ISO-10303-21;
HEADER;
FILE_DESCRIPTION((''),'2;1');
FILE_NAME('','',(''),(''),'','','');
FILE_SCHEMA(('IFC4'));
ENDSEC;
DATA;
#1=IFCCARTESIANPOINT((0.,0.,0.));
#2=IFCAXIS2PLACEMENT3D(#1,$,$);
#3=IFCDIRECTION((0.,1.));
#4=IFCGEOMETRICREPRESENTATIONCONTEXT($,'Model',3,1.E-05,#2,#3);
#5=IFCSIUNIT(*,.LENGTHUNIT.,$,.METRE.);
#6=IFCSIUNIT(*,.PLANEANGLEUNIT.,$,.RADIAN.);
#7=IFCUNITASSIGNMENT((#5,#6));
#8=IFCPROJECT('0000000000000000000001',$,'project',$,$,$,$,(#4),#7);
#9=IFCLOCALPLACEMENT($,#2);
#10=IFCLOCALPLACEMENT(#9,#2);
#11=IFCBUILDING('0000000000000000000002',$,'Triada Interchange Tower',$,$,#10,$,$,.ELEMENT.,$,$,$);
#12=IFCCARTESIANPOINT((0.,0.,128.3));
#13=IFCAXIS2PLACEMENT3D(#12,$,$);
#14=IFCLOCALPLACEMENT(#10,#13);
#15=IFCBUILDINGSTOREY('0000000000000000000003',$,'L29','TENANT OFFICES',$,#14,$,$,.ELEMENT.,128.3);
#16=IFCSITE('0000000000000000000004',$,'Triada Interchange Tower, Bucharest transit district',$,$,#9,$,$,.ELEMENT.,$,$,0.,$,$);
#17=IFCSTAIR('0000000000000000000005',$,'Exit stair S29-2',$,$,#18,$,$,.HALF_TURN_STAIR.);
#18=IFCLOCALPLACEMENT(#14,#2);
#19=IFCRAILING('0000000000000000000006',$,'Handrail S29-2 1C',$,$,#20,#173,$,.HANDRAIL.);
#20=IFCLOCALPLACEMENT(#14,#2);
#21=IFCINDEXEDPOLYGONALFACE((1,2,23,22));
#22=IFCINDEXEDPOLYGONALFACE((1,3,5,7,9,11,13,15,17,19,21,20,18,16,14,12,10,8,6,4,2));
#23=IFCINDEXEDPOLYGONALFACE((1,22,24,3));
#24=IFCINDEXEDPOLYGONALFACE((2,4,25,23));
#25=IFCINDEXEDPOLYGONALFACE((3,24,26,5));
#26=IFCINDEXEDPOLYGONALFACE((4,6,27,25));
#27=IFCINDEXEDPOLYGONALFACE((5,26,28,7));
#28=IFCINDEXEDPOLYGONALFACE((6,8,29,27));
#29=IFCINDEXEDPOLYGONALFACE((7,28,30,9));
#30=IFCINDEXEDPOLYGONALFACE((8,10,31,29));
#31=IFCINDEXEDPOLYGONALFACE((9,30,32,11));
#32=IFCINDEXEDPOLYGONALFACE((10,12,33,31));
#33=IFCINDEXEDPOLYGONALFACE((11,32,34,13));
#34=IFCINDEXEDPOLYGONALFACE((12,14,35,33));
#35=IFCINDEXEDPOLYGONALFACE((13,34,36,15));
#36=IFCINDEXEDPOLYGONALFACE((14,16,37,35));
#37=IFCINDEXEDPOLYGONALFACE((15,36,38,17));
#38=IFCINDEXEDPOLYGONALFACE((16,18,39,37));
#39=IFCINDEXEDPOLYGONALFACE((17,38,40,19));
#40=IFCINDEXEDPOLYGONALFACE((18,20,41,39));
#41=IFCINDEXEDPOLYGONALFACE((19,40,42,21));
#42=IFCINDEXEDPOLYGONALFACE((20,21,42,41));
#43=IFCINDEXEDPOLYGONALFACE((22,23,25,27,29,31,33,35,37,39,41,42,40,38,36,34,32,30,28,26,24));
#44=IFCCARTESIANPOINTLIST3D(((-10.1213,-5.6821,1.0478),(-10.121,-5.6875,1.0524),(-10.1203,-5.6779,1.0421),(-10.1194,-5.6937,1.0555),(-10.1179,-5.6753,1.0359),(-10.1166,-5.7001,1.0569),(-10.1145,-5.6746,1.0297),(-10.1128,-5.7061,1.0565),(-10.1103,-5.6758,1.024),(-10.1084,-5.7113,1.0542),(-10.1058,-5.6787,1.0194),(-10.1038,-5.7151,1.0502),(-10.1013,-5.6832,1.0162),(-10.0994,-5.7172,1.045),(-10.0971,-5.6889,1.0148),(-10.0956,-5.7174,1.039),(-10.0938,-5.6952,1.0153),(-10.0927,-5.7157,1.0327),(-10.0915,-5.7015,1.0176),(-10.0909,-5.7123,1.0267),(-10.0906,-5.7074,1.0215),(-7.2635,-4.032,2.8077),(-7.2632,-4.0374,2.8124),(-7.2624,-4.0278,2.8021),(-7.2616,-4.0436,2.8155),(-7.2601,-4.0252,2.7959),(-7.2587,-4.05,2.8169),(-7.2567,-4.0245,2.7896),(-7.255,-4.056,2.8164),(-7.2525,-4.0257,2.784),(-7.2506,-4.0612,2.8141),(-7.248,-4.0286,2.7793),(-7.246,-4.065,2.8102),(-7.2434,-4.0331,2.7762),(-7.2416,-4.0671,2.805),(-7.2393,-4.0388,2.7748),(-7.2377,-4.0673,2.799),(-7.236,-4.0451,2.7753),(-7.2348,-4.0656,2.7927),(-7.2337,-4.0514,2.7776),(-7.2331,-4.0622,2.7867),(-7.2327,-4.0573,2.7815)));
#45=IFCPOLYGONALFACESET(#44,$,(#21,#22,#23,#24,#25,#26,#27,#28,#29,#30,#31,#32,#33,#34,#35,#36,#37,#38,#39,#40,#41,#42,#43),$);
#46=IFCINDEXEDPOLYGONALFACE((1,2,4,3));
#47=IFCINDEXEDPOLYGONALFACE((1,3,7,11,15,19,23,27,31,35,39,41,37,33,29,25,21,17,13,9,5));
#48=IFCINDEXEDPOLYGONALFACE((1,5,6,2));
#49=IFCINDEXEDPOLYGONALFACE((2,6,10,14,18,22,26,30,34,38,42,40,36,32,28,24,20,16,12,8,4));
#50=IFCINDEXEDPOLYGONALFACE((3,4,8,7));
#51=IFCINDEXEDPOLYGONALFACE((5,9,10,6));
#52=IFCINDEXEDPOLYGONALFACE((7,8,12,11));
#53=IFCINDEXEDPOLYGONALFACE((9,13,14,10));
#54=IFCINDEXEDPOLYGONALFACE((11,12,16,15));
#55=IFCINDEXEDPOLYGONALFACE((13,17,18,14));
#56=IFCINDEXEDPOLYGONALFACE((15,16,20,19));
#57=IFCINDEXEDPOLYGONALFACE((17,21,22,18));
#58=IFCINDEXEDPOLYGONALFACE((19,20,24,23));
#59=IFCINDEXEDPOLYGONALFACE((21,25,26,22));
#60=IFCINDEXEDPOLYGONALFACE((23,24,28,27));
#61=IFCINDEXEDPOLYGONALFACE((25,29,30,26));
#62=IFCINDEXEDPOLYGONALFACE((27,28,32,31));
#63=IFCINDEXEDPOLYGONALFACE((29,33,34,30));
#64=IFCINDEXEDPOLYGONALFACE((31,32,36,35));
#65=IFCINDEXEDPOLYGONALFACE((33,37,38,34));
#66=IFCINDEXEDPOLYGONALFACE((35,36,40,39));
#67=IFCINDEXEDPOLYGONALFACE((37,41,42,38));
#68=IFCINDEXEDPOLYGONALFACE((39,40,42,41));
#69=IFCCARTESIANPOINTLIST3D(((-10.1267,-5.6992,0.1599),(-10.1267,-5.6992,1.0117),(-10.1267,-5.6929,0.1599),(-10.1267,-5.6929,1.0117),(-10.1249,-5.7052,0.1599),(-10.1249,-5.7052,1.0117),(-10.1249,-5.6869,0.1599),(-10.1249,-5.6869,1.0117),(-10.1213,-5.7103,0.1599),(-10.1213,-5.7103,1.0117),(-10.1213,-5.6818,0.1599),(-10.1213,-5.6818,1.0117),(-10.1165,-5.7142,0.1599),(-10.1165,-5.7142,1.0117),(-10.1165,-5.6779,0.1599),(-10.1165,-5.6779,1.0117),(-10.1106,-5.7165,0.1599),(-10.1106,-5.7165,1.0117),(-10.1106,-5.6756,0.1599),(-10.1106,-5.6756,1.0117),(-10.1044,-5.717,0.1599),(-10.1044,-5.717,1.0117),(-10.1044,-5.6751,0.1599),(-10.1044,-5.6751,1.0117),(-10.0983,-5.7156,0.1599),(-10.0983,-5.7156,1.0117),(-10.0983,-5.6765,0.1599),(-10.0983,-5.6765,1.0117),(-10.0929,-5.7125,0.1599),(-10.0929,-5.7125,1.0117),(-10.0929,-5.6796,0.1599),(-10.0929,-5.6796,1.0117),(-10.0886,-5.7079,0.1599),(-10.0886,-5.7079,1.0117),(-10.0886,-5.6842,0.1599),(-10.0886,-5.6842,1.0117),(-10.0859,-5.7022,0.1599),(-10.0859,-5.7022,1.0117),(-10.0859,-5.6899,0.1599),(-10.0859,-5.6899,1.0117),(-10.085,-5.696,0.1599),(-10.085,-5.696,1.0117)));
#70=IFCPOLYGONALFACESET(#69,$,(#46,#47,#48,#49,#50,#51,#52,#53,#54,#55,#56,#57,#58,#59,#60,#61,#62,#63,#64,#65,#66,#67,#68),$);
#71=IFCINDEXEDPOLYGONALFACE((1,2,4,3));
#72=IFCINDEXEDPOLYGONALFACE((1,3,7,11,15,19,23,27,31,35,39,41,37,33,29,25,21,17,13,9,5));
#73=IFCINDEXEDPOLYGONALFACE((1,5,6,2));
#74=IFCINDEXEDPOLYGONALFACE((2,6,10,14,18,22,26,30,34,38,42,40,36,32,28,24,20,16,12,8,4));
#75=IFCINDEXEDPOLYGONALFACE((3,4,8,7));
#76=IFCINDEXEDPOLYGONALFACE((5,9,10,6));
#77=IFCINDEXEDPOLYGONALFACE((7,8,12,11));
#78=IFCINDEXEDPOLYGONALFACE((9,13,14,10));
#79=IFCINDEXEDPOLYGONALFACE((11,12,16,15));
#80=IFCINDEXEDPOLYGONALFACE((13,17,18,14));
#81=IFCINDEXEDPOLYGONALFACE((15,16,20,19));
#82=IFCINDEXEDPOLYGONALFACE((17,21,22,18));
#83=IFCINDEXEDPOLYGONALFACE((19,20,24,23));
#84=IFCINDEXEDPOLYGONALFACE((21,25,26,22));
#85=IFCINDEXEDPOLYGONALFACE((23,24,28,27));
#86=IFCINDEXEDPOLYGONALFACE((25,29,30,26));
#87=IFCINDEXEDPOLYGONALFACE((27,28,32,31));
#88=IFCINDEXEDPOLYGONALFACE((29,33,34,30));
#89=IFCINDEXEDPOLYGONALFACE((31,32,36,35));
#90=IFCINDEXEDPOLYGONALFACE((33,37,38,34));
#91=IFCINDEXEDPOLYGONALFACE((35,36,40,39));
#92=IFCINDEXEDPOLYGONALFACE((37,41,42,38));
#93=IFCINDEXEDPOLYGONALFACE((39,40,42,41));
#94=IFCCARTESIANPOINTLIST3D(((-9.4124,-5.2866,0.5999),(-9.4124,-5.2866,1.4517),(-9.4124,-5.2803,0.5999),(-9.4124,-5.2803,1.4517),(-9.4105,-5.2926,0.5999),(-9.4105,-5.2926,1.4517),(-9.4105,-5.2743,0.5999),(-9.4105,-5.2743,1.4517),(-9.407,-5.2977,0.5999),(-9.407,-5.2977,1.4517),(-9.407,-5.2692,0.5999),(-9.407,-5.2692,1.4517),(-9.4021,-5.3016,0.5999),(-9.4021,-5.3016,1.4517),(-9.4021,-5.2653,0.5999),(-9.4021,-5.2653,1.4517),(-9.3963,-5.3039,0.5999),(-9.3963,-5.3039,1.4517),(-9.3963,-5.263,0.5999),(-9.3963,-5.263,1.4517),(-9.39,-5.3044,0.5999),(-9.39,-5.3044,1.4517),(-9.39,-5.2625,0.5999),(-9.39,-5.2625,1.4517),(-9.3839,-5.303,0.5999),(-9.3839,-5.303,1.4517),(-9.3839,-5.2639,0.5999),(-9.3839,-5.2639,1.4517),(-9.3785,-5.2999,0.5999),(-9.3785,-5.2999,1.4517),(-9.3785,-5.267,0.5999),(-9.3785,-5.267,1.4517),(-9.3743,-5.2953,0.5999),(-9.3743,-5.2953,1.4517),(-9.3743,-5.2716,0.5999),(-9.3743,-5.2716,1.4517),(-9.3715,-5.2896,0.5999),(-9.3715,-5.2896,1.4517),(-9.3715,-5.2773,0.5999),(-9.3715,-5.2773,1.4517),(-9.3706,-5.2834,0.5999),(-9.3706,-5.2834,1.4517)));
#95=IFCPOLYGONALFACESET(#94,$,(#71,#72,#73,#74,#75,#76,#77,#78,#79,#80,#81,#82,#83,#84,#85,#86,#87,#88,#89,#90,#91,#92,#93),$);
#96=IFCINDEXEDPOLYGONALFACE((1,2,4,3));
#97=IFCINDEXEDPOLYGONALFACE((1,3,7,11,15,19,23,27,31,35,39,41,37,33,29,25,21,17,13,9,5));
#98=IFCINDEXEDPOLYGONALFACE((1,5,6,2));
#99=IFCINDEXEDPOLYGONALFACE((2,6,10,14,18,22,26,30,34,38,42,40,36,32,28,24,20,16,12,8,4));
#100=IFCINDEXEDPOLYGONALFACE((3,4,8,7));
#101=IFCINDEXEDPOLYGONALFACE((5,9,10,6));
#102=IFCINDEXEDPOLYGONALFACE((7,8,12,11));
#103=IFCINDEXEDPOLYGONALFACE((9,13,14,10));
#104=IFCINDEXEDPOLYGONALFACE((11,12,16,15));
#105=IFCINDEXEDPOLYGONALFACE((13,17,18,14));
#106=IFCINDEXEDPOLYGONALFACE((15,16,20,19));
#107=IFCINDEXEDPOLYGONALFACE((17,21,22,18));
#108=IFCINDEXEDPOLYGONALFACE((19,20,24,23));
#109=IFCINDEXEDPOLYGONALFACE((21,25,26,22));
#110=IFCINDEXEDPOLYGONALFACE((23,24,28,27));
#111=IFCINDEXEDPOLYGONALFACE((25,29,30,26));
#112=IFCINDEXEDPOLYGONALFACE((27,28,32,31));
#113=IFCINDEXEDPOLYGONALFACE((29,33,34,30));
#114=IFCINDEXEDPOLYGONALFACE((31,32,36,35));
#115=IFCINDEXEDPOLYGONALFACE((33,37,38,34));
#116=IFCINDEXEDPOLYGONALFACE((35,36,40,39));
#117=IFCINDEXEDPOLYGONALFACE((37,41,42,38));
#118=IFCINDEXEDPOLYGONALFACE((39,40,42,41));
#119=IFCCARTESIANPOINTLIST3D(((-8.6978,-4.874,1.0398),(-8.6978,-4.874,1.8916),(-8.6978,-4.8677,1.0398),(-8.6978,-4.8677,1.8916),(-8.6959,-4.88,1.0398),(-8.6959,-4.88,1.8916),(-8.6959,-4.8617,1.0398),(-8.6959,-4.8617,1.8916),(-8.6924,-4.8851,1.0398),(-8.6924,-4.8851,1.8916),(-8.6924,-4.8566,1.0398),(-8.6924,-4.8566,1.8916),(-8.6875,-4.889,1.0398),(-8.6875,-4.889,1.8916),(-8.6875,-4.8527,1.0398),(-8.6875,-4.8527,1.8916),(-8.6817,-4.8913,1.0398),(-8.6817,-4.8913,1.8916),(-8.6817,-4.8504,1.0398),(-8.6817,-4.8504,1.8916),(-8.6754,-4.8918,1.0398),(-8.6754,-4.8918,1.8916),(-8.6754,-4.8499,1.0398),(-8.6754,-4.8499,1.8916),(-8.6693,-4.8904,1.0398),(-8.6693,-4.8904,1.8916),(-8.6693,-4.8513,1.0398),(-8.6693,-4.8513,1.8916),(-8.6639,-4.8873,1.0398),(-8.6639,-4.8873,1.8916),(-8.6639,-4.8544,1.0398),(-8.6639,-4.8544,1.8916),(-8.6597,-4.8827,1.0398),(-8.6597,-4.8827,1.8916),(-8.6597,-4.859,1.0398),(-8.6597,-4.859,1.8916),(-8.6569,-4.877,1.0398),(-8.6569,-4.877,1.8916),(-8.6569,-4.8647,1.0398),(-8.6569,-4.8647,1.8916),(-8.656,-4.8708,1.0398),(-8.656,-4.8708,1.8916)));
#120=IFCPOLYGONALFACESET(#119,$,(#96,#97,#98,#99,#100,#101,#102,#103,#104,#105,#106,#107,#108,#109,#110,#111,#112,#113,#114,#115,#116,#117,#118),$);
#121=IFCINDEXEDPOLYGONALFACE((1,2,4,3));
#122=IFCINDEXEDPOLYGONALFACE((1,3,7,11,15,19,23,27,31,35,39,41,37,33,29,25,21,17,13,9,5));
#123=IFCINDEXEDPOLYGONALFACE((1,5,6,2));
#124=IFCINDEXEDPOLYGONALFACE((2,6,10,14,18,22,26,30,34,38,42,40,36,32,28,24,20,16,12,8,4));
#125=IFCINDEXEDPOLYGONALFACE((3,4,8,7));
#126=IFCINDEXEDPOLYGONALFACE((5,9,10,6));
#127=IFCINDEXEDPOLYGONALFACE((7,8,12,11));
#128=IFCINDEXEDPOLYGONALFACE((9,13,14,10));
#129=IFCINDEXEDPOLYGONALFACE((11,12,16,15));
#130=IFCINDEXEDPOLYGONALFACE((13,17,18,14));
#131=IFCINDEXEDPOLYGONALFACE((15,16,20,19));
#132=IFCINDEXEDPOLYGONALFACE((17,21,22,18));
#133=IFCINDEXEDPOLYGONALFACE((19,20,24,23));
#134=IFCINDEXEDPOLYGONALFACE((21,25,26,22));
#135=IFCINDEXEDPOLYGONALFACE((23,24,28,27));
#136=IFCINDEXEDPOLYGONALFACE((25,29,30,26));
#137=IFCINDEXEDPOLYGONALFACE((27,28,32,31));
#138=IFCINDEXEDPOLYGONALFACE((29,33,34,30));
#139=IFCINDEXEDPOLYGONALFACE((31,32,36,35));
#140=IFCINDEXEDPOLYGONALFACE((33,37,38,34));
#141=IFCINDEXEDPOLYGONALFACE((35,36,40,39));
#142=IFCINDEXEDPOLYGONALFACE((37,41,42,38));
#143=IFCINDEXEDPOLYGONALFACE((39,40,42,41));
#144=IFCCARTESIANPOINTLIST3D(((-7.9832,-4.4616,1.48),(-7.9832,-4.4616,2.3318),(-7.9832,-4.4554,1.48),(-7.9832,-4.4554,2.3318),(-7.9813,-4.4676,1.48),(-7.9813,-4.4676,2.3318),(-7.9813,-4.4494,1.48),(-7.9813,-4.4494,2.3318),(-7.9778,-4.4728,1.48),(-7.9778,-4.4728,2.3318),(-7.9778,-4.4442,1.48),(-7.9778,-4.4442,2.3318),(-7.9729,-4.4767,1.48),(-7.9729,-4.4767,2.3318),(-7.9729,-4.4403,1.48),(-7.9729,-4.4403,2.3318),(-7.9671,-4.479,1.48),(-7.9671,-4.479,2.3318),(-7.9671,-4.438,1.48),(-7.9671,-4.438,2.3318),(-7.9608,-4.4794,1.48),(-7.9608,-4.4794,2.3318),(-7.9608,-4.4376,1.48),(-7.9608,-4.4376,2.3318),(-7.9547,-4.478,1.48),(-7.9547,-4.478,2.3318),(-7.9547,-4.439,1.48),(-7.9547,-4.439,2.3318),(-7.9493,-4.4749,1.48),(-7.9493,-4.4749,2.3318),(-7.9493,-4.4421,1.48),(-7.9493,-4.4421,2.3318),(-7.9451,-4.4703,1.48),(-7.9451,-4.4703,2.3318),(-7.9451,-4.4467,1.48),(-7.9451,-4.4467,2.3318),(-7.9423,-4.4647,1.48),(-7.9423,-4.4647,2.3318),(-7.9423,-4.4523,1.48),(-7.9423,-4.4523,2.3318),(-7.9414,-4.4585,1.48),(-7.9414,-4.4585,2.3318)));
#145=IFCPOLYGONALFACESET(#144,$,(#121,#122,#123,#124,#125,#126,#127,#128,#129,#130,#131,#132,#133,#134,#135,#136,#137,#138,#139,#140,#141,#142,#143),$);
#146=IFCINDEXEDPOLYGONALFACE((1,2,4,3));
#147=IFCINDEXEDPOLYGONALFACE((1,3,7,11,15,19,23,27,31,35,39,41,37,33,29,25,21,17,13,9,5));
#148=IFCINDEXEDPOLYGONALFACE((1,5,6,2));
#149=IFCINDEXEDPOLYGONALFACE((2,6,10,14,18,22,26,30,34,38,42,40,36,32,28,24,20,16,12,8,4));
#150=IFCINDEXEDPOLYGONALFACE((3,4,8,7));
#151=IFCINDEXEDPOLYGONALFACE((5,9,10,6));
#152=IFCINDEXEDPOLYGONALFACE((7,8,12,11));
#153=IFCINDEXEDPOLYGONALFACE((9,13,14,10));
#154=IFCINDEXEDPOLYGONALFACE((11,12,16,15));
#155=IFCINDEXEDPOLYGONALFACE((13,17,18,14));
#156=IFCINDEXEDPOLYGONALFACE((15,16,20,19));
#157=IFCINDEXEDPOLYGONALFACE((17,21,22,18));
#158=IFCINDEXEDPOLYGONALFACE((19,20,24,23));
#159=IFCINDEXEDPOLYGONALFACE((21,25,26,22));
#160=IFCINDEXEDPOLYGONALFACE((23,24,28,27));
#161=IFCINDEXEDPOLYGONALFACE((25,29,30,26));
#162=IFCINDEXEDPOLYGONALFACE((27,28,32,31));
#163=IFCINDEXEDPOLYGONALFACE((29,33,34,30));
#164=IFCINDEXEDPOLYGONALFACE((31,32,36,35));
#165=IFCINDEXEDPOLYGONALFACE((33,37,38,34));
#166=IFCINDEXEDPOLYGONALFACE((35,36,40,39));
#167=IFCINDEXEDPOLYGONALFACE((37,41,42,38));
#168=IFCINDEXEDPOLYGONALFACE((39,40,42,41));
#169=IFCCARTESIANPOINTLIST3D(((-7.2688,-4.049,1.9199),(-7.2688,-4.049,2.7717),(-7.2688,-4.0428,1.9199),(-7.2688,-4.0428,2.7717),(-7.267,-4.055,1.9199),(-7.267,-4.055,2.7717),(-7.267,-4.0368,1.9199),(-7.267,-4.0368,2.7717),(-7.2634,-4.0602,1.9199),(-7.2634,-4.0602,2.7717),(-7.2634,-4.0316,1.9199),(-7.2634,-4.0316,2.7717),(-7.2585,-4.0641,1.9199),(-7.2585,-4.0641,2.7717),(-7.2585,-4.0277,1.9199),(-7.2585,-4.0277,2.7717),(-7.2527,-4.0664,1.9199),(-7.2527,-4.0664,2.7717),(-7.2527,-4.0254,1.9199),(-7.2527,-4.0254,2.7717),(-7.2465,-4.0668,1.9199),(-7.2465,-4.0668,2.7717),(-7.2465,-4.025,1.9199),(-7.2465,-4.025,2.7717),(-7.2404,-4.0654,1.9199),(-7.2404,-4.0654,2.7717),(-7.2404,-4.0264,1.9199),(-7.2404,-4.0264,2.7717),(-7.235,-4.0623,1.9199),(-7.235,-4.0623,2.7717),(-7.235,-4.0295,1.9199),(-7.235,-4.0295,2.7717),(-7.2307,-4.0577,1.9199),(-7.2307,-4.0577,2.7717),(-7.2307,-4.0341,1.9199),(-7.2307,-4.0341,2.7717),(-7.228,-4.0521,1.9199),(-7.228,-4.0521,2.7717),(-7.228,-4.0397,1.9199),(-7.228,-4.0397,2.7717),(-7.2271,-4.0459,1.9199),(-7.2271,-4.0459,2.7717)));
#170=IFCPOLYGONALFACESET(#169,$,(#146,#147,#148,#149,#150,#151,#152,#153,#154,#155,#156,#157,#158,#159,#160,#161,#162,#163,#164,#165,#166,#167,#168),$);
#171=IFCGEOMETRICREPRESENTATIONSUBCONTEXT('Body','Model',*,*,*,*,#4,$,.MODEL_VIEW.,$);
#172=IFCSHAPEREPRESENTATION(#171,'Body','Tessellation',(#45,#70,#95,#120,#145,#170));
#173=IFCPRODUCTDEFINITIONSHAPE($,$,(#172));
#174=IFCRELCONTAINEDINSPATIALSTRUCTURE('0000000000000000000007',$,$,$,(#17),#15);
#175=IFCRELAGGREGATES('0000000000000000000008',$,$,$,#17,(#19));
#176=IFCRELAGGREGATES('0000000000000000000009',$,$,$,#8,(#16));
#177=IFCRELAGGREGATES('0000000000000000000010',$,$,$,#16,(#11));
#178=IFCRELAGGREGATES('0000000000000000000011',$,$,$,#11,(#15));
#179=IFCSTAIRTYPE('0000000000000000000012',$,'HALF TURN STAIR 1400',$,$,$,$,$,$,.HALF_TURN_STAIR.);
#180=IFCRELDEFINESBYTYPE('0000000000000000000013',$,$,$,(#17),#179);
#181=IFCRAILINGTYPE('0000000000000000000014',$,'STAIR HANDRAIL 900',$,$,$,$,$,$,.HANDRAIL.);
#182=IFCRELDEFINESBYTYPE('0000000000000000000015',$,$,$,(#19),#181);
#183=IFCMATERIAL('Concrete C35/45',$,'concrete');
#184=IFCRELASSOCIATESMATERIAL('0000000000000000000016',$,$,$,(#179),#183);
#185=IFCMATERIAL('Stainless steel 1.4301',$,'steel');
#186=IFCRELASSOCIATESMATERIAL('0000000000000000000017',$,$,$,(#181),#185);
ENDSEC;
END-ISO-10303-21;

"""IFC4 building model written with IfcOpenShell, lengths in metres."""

from ifc_helpers import new_model, si_unit, direction, frame, origin, origin_2d, place, context, subcontext, project, spatial, circle, extrude, material, type_object, element, aggregate, save


model = new_model("IFC4")

# Units and contexts
model_context = context("Model", 3, precision=1e-05, world=origin(), true_north=direction((0.0, 1.0)))
body_context = subcontext(model_context, "Body", "Model", "MODEL_VIEW")
ifc_project = project(units=[si_unit("LENGTHUNIT", "METRE"), si_unit("PLANEANGLEUNIT", "RADIAN")], contexts=[model_context])

# Site, building, storey
site_placement = place(None, origin())
site = spatial("IfcSite", under=ifc_project, at=site_placement, Name="Triada Interchange Tower, Bucharest transit district", CompositionType="ELEMENT", RefElevation=0.0)
building_placement = place(site_placement, origin())
building = spatial("IfcBuilding", under=site, at=building_placement, Name="Triada Interchange Tower", CompositionType="ELEMENT")
storey_placement = place(building_placement, frame((0.0, 0.0, 128.3)))
storey = spatial("IfcBuildingStorey", under=building, at=storey_placement, Name="L29", Description="TENANT OFFICES", CompositionType="ELEMENT", Elevation=128.3)

# Stair, railing
ifc_material_1 = material(Name="Concrete C35/45", Category="concrete")
stair_type = type_object("IfcStairType", Name="HALF TURN STAIR 1400", PredefinedType="HALF_TURN_STAIR", material=ifc_material_1)
stair_placement = place(storey_placement, origin())
stair = element("IfcStair", 1, at=stair_placement, inside=storey, type_object=stair_type, Name="Exit stair S29-2", PredefinedType="HALF_TURN_STAIR")
ifc_material_2 = material(Name="Stainless steel 1.4301", Category="steel")
railing_type = type_object("IfcRailingType", Name="STAIR HANDRAIL 900", PredefinedType="HANDRAIL", material=ifc_material_2)
railing_1_placement = place(storey_placement, frame((-10.106, -5.696, 0.1599)))
railing_1 = element("IfcRailing", 2, at=railing_1_placement, type_object=railing_type, Name="Handrail S29-2 1C", PredefinedType="HANDRAIL", context=body_context, shape_type="SweptSolid", body=[
    extrude(circle(Radius=0.0239, at=origin_2d()), frame((0.0, 0.0, 0.876), z_axis=(0.764129, 0.441205, 0.47058), x_axis=(-0.50003, 0.866008, 0.0)), (0.0, 0.0, 1.0), 3.74),
    extrude(circle(Radius=0.021, at=origin_2d()), origin(), (0.0, 0.0, 1.0), 0.8518),
    extrude(circle(Radius=0.021, at=origin_2d()), frame((0.7144, 0.4126, 0.4399)), (0.0, 0.0, 1.0), 0.8518),
    extrude(circle(Radius=0.021, at=origin_2d()), frame((1.429, 0.8252, 0.8799)), (0.0, 0.0, 1.0), 0.8518),
    extrude(circle(Radius=0.021, at=origin_2d()), frame((2.1436, 1.2375, 1.3201)), (0.0, 0.0, 1.0), 0.8518),
    extrude(circle(Radius=0.021, at=origin_2d()), frame((2.8579, 1.6501, 1.76)), (0.0, 0.0, 1.0), 0.8518),
])
aggregate(stair, [railing_1])

save(model, "model.ifc")
